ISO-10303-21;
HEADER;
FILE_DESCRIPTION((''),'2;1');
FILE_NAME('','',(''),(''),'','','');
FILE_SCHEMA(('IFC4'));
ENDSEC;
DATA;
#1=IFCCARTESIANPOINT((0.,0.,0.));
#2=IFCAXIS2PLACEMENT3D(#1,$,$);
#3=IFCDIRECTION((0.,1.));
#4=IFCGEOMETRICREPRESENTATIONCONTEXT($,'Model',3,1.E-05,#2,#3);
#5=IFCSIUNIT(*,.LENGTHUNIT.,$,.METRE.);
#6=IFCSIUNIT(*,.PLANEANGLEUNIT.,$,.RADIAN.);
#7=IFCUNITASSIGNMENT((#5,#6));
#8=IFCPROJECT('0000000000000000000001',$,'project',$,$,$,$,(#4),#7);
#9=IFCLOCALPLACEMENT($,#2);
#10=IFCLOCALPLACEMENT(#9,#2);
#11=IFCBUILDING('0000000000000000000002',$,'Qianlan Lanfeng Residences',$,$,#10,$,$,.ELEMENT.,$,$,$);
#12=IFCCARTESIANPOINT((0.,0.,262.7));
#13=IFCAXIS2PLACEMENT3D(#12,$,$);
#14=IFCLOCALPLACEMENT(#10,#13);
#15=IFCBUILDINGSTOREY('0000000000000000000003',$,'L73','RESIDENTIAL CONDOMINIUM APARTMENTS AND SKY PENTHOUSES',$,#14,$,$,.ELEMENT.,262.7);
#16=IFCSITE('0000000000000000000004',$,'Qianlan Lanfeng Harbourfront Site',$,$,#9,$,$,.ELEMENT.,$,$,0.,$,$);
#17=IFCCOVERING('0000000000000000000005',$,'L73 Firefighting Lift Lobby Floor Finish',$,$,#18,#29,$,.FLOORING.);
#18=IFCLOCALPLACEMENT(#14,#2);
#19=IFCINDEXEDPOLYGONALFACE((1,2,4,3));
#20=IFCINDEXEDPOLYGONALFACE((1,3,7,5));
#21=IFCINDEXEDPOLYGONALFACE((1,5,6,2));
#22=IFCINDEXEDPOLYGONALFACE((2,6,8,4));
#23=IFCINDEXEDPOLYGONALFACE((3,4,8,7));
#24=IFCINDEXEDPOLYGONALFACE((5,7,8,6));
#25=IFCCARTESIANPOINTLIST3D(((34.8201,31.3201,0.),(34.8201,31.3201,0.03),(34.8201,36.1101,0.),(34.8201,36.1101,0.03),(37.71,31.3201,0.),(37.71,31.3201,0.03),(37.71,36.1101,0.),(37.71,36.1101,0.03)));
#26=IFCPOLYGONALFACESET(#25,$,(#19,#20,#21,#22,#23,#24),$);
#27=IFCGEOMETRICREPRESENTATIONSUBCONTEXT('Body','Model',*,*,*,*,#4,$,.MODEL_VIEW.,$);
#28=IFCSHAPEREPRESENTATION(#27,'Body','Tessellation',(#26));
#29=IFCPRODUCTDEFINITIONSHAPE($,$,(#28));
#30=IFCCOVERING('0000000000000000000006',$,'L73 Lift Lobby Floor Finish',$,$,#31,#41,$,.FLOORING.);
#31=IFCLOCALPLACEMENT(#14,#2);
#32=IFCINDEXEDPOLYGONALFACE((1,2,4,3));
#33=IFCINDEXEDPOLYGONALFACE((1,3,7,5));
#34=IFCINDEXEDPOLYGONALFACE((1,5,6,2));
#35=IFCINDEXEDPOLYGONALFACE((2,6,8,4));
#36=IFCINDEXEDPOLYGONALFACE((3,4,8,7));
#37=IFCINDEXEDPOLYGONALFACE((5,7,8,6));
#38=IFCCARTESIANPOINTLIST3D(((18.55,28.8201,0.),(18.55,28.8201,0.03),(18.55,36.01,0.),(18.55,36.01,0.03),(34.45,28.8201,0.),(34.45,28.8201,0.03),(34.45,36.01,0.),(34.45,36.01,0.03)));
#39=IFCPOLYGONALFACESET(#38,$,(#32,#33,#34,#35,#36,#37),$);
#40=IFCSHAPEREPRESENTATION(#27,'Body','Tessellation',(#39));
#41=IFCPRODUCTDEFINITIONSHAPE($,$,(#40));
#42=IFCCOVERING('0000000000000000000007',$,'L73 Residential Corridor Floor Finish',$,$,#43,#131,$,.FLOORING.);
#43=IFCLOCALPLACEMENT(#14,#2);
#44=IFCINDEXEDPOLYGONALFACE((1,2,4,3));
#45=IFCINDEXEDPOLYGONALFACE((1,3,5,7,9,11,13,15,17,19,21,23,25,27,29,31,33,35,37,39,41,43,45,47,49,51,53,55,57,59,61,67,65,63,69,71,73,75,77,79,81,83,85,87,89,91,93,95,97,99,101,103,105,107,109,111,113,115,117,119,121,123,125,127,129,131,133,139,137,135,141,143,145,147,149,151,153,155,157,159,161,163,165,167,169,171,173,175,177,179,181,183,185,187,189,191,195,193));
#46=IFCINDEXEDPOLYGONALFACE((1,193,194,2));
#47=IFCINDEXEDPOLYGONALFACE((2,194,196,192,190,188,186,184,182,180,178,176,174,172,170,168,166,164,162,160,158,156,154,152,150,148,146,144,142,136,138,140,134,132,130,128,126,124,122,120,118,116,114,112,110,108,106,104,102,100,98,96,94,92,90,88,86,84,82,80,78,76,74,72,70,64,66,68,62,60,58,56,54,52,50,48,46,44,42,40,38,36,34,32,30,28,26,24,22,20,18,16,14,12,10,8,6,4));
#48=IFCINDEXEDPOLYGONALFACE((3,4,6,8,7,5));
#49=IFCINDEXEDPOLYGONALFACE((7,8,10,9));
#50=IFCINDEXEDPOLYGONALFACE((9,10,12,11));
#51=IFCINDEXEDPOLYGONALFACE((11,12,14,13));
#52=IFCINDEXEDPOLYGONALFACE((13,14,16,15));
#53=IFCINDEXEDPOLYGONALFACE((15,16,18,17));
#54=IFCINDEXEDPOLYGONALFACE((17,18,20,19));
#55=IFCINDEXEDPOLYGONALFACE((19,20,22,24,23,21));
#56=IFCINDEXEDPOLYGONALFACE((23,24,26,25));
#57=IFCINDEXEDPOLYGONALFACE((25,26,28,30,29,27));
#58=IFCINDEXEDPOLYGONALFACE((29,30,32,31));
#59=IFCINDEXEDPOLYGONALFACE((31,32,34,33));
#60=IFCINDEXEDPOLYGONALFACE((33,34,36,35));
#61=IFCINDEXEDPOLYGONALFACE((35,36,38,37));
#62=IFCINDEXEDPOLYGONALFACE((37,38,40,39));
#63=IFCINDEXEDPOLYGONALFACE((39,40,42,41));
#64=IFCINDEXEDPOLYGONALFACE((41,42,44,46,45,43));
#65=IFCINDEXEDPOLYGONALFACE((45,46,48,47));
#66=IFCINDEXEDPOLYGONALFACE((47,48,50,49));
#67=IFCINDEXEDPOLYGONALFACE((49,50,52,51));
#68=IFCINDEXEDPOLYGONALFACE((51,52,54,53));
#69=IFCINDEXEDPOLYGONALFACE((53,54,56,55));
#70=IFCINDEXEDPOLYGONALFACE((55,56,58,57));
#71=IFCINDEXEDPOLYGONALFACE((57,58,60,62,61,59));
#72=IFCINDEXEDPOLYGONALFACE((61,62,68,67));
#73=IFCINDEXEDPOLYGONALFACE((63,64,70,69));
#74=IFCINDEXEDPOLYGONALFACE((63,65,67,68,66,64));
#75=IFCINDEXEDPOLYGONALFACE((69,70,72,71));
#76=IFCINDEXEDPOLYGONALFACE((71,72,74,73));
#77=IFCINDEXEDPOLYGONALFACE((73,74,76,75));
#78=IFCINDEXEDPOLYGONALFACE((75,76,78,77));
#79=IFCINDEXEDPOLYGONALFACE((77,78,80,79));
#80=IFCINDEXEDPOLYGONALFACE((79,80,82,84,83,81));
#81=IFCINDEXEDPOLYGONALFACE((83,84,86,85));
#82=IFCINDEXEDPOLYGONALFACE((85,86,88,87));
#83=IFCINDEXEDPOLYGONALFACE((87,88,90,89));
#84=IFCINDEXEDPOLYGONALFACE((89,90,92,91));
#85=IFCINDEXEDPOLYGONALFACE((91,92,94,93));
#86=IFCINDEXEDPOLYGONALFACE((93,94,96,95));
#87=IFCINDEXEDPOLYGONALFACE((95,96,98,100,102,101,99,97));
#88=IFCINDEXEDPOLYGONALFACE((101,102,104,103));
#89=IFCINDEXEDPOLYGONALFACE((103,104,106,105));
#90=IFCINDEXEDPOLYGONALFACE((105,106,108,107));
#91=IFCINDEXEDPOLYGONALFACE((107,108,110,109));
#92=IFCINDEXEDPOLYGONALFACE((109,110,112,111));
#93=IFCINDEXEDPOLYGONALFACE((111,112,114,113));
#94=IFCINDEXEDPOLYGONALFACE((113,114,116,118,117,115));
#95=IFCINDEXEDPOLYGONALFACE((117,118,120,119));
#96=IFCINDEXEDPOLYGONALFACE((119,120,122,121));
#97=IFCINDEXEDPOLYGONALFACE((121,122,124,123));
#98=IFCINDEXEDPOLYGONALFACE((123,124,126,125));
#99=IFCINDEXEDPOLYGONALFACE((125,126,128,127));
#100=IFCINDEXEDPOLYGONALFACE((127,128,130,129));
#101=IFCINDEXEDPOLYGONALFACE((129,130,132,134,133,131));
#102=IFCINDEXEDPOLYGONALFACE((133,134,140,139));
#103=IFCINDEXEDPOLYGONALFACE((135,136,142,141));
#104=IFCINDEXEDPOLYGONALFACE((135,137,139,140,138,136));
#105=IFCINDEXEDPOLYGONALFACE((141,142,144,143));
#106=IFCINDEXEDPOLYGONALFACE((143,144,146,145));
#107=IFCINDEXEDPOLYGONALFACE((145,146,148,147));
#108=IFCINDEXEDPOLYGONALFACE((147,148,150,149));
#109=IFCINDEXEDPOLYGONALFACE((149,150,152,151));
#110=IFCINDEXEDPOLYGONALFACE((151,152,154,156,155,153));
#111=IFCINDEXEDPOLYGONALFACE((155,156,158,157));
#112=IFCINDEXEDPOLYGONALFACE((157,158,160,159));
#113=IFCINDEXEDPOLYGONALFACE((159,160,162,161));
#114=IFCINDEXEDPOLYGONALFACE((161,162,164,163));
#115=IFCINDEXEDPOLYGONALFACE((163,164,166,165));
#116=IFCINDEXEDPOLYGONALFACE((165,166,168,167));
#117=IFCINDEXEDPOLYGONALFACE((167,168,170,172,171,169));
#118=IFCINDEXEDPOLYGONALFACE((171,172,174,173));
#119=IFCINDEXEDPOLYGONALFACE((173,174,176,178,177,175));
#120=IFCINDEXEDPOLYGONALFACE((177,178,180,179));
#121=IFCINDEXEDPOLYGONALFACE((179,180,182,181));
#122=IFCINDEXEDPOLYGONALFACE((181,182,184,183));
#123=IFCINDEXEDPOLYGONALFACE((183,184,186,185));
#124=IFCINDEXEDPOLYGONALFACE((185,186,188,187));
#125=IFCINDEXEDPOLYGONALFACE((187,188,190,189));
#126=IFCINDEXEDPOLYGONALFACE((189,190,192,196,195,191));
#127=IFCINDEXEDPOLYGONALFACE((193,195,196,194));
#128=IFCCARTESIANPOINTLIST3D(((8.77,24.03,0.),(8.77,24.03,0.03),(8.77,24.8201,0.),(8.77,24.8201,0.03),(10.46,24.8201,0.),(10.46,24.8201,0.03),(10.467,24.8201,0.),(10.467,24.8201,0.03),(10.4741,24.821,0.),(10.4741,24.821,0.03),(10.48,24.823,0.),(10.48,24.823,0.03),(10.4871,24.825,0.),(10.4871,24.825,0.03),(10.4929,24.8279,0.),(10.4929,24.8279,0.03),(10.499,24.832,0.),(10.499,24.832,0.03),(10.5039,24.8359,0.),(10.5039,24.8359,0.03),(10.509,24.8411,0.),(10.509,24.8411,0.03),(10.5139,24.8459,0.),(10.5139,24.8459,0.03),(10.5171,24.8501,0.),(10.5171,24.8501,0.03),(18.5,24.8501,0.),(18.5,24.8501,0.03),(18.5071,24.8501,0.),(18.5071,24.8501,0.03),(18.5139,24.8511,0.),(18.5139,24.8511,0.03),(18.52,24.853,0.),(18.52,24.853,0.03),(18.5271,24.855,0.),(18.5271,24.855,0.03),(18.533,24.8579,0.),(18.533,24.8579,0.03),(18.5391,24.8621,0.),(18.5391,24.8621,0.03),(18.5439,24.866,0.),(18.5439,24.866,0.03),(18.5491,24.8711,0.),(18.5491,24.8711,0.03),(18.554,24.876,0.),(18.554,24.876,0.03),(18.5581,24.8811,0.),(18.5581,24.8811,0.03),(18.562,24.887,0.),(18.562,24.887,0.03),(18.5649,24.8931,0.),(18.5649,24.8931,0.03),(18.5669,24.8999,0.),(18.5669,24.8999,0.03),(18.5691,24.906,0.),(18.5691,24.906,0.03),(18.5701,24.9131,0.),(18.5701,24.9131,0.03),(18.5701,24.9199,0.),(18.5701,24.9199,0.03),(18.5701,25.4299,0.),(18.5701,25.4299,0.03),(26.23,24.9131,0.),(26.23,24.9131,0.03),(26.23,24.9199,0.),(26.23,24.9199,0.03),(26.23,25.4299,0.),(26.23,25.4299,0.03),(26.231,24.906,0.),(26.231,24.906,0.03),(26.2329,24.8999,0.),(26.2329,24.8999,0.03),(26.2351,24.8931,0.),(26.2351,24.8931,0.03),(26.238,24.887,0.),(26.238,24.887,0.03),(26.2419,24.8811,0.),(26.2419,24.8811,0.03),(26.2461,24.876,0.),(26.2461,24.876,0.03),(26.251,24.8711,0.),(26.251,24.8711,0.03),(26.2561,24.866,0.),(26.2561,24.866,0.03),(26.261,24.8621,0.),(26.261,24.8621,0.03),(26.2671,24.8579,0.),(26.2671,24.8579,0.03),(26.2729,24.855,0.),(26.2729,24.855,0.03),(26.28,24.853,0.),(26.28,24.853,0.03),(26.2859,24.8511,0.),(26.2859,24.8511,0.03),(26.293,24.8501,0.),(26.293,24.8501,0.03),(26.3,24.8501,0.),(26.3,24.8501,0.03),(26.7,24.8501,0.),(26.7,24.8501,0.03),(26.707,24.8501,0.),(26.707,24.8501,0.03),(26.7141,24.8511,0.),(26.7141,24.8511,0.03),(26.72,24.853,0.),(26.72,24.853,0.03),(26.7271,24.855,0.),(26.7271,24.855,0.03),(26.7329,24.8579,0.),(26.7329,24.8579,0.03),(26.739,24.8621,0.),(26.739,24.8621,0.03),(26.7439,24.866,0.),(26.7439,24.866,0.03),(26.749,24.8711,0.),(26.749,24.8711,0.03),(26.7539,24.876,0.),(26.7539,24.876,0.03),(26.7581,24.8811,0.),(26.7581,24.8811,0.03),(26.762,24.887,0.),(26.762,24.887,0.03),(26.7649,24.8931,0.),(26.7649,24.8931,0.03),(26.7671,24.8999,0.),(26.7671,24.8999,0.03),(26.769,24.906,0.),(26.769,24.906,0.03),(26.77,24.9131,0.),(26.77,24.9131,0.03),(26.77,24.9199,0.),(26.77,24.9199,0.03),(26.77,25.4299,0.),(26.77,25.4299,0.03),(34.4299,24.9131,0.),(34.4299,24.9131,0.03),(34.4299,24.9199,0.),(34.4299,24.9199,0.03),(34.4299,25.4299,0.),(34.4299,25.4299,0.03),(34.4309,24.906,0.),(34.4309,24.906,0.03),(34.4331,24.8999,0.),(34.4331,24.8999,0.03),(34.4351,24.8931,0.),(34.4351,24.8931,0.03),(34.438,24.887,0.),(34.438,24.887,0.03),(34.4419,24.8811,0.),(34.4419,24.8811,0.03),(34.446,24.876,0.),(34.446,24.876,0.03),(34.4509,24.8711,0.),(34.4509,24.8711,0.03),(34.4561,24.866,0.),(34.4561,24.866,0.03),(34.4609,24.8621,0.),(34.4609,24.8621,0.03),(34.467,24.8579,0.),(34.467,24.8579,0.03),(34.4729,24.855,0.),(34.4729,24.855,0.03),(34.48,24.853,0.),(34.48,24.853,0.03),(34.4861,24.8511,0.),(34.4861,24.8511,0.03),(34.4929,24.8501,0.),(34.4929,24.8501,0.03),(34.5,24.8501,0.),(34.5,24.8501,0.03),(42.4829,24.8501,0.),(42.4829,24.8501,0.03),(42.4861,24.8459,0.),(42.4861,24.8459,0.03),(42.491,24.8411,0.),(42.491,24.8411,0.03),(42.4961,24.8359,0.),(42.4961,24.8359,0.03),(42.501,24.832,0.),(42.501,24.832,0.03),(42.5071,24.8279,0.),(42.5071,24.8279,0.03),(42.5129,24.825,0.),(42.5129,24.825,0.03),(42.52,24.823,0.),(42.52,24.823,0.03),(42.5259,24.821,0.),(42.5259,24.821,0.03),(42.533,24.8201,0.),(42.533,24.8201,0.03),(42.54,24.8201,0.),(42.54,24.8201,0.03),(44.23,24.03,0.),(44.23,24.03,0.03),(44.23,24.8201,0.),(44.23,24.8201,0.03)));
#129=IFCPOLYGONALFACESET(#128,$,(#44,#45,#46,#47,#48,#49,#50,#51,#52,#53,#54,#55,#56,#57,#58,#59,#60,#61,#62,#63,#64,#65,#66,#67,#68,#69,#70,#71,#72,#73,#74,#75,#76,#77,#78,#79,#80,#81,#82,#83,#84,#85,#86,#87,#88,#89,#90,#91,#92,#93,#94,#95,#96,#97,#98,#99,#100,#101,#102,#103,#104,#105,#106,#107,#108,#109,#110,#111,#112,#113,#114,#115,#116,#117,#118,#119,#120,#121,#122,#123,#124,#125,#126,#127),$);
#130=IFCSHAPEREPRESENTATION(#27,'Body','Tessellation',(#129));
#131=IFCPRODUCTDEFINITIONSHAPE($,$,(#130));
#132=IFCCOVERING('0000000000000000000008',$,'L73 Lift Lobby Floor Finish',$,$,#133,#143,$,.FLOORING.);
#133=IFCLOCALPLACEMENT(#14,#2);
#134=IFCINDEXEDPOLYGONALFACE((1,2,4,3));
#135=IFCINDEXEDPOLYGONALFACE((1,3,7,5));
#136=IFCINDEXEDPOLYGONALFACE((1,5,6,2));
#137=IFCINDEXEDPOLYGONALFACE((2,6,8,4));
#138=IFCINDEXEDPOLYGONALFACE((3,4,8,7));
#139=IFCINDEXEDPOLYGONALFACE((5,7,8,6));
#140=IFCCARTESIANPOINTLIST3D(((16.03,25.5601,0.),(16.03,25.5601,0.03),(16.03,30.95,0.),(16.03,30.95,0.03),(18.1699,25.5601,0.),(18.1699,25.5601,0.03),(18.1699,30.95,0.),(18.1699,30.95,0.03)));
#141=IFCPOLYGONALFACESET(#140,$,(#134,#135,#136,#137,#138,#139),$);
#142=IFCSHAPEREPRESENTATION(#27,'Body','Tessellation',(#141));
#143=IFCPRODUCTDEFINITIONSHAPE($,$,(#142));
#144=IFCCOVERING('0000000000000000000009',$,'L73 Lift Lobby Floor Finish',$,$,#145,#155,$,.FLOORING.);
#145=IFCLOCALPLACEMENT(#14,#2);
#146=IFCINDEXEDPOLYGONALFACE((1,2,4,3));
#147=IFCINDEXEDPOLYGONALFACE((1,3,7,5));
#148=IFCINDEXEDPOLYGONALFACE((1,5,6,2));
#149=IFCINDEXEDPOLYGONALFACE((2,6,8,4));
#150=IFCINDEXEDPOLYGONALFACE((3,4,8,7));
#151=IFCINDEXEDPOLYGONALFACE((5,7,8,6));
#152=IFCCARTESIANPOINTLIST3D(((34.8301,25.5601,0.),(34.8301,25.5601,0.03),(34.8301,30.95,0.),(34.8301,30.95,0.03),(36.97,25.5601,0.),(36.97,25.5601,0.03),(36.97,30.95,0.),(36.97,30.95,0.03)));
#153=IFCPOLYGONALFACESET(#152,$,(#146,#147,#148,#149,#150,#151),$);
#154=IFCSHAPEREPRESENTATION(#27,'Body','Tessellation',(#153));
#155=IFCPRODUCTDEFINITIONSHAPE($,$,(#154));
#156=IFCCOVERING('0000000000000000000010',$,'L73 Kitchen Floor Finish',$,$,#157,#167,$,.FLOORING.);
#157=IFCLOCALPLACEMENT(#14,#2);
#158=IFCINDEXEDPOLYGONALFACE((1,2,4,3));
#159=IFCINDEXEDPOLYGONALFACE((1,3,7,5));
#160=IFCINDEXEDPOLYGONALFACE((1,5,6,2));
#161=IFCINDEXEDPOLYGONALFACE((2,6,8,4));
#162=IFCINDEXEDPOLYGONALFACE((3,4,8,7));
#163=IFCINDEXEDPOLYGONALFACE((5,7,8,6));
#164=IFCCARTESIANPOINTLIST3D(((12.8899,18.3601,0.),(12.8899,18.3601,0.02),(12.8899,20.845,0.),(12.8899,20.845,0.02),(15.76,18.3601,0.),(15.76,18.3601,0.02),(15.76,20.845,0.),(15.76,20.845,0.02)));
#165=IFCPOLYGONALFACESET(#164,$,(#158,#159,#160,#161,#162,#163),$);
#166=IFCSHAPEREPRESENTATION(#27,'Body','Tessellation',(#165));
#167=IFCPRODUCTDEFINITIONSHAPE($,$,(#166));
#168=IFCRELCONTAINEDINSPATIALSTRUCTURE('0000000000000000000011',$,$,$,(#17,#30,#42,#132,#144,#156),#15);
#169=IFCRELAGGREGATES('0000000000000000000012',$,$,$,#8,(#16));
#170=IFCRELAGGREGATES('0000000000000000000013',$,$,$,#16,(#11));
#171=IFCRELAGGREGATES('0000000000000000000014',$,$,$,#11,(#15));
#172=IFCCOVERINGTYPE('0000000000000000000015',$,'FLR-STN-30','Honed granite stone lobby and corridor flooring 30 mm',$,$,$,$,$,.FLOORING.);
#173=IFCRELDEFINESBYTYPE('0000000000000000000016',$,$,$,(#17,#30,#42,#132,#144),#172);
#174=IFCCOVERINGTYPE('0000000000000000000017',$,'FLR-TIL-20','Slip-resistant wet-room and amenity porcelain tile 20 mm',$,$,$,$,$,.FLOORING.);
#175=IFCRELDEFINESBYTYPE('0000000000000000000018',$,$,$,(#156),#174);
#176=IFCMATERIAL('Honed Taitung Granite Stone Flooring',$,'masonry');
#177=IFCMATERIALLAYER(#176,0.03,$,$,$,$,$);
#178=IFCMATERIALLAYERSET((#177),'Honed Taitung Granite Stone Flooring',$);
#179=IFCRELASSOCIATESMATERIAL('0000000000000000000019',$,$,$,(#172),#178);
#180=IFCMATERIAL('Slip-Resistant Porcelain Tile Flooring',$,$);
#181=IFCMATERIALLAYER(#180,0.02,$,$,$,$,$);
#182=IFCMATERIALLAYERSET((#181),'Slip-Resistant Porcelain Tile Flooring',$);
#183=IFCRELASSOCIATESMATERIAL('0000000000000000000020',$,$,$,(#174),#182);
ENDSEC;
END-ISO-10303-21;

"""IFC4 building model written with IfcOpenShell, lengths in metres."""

from ifc_helpers import new_model, si_unit, direction, frame, origin, place, context, subcontext, project, spatial, polyline, outline, extrude, material, layer, layer_set, type_object, element, save


model = new_model("IFC4")

# Units and contexts
model_context = context("Model", 3, precision=1e-05, world=origin(), true_north=direction((0.0, 1.0)))
body_context = subcontext(model_context, "Body", "Model", "MODEL_VIEW")
ifc_project = project(units=[si_unit("LENGTHUNIT", "METRE"), si_unit("PLANEANGLEUNIT", "RADIAN")], contexts=[model_context])

# Site, building, storey
site_placement = place(None, origin())
site = spatial("IfcSite", under=ifc_project, at=site_placement, Name="Qianlan Lanfeng Harbourfront Site", CompositionType="ELEMENT", RefElevation=0.0)
building_placement = place(site_placement, origin())
building = spatial("IfcBuilding", under=site, at=building_placement, Name="Qianlan Lanfeng Residences", CompositionType="ELEMENT")
storey_placement = place(building_placement, frame((0.0, 0.0, 262.7)))
storey = spatial("IfcBuildingStorey", under=building, at=storey_placement, Name="L73", Description="RESIDENTIAL CONDOMINIUM APARTMENTS AND SKY PENTHOUSES", CompositionType="ELEMENT", Elevation=262.7)

# Coverings
ifc_material_1 = material(Name="Honed Taitung Granite Stone Flooring", Category="masonry")
ifc_layer_1 = layer(ifc_material_1, 0.03)
ifc_layer_set_1 = layer_set([ifc_layer_1], Name="Honed Taitung Granite Stone Flooring")
covering_type_1 = type_object("IfcCoveringType", Name="FLR-STN-30", Description="Honed granite stone lobby and corridor flooring 30 mm", PredefinedType="FLOORING", material=ifc_layer_set_1)
covering_1_placement = place(storey_placement, origin())
element("IfcCovering", 1, at=covering_1_placement, inside=storey, type_object=covering_type_1, Name="L73 Firefighting Lift Lobby Floor Finish", PredefinedType="FLOORING", context=body_context, shape_type="SweptSolid", body=[
    extrude(outline(polyline([(34.8201, 31.3201), (37.71, 31.3201), (37.71, 36.1101), (34.8201, 36.1101), (34.8201, 31.3201)])), origin(), (0.0, 0.0, 1.0), 0.03),
])
covering_2_placement = place(storey_placement, origin())
element("IfcCovering", 2, at=covering_2_placement, inside=storey, type_object=covering_type_1, Name="L73 Lift Lobby Floor Finish", PredefinedType="FLOORING", context=body_context, shape_type="SweptSolid", body=[
    extrude(outline(polyline([(18.55, 28.8201), (34.45, 28.8201), (34.45, 36.01), (18.55, 36.01), (18.55, 28.8201)])), origin(), (0.0, 0.0, 1.0), 0.03),
])
covering_3_placement = place(storey_placement, origin())
element("IfcCovering", 3, at=covering_3_placement, inside=storey, type_object=covering_type_1, Name="L73 Residential Corridor Floor Finish", PredefinedType="FLOORING", context=body_context, shape_type="SweptSolid", body=[
    extrude(outline(polyline([(8.77, 24.03), (44.23, 24.03), (44.23, 24.8201), (42.54, 24.8201), (42.533, 24.8201), (42.5259, 24.821), (42.52, 24.823), (42.5129, 24.825), (42.5071, 24.8279), (42.501, 24.832), (42.4961, 24.8359), (42.491, 24.8411), (42.4861, 24.8459), (42.4829, 24.8501), (34.5, 24.8501), (34.4929, 24.8501), (34.4861, 24.8511), (34.48, 24.853), (34.4729, 24.855), (34.467, 24.8579), (34.4609, 24.8621), (34.4561, 24.866), (34.4509, 24.8711), (34.446, 24.876), (34.4419, 24.8811), (34.438, 24.887), (34.4351, 24.8931), (34.4331, 24.8999), (34.4309, 24.906), (34.4299, 24.9131), (34.4299, 24.9199), (34.4299, 25.4299), (26.77, 25.4299), (26.77, 24.9199), (26.77, 24.9131), (26.769, 24.906), (26.7671, 24.8999), (26.7649, 24.8931), (26.762, 24.887), (26.7581, 24.8811), (26.7539, 24.876), (26.749, 24.8711), (26.7439, 24.866), (26.739, 24.8621), (26.7329, 24.8579), (26.7271, 24.855), (26.72, 24.853), (26.7141, 24.8511), (26.707, 24.8501), (26.7, 24.8501), (26.3, 24.8501), (26.293, 24.8501), (26.2859, 24.8511), (26.28, 24.853), (26.2729, 24.855), (26.2671, 24.8579), (26.261, 24.8621), (26.2561, 24.866), (26.251, 24.8711), (26.2461, 24.876), (26.2419, 24.8811), (26.238, 24.887), (26.2351, 24.8931), (26.2329, 24.8999), (26.231, 24.906), (26.23, 24.9131), (26.23, 24.9199), (26.23, 25.4299), (18.5701, 25.4299), (18.5701, 24.9199), (18.5701, 24.9131), (18.5691, 24.906), (18.5669, 24.8999), (18.5649, 24.8931), (18.562, 24.887), (18.5581, 24.8811), (18.554, 24.876), (18.5491, 24.8711), (18.5439, 24.866), (18.5391, 24.8621), (18.533, 24.8579), (18.5271, 24.855), (18.52, 24.853), (18.5139, 24.8511), (18.5071, 24.8501), (18.5, 24.8501), (10.5171, 24.8501), (10.5139, 24.8459), (10.509, 24.8411), (10.5039, 24.8359), (10.499, 24.832), (10.4929, 24.8279), (10.4871, 24.825), (10.48, 24.823), (10.4741, 24.821), (10.467, 24.8201), (10.46, 24.8201), (8.77, 24.8201), (8.77, 24.03)])), origin(), (0.0, 0.0, 1.0), 0.03),
])
covering_4_placement = place(storey_placement, origin())
element("IfcCovering", 4, at=covering_4_placement, inside=storey, type_object=covering_type_1, Name="L73 Lift Lobby Floor Finish", PredefinedType="FLOORING", context=body_context, shape_type="SweptSolid", body=[
    extrude(outline(polyline([(16.03, 25.5601), (18.1699, 25.5601), (18.1699, 30.95), (16.03, 30.95), (16.03, 25.5601)])), origin(), (0.0, 0.0, 1.0), 0.03),
])
covering_5_placement = place(storey_placement, origin())
element("IfcCovering", 5, at=covering_5_placement, inside=storey, type_object=covering_type_1, Name="L73 Lift Lobby Floor Finish", PredefinedType="FLOORING", context=body_context, shape_type="SweptSolid", body=[
    extrude(outline(polyline([(34.8301, 25.5601), (36.97, 25.5601), (36.97, 30.95), (34.8301, 30.95), (34.8301, 25.5601)])), origin(), (0.0, 0.0, 1.0), 0.03),
])
ifc_material_2 = material(Name="Slip-Resistant Porcelain Tile Flooring")
ifc_layer_2 = layer(ifc_material_2, 0.02)
ifc_layer_set_2 = layer_set([ifc_layer_2], Name="Slip-Resistant Porcelain Tile Flooring")
covering_type_2 = type_object("IfcCoveringType", Name="FLR-TIL-20", Description="Slip-resistant wet-room and amenity porcelain tile 20 mm", PredefinedType="FLOORING", material=ifc_layer_set_2)
covering_6_placement = place(storey_placement, origin())
element("IfcCovering", 6, at=covering_6_placement, inside=storey, type_object=covering_type_2, Name="L73 Kitchen Floor Finish", PredefinedType="FLOORING", context=body_context, shape_type="SweptSolid", body=[
    extrude(outline(polyline([(12.8899, 18.3601), (15.76, 18.3601), (15.76, 20.845), (12.8899, 20.845), (12.8899, 18.3601)])), origin(), (0.0, 0.0, 1.0), 0.02),
])

save(model, "model.ifc")
